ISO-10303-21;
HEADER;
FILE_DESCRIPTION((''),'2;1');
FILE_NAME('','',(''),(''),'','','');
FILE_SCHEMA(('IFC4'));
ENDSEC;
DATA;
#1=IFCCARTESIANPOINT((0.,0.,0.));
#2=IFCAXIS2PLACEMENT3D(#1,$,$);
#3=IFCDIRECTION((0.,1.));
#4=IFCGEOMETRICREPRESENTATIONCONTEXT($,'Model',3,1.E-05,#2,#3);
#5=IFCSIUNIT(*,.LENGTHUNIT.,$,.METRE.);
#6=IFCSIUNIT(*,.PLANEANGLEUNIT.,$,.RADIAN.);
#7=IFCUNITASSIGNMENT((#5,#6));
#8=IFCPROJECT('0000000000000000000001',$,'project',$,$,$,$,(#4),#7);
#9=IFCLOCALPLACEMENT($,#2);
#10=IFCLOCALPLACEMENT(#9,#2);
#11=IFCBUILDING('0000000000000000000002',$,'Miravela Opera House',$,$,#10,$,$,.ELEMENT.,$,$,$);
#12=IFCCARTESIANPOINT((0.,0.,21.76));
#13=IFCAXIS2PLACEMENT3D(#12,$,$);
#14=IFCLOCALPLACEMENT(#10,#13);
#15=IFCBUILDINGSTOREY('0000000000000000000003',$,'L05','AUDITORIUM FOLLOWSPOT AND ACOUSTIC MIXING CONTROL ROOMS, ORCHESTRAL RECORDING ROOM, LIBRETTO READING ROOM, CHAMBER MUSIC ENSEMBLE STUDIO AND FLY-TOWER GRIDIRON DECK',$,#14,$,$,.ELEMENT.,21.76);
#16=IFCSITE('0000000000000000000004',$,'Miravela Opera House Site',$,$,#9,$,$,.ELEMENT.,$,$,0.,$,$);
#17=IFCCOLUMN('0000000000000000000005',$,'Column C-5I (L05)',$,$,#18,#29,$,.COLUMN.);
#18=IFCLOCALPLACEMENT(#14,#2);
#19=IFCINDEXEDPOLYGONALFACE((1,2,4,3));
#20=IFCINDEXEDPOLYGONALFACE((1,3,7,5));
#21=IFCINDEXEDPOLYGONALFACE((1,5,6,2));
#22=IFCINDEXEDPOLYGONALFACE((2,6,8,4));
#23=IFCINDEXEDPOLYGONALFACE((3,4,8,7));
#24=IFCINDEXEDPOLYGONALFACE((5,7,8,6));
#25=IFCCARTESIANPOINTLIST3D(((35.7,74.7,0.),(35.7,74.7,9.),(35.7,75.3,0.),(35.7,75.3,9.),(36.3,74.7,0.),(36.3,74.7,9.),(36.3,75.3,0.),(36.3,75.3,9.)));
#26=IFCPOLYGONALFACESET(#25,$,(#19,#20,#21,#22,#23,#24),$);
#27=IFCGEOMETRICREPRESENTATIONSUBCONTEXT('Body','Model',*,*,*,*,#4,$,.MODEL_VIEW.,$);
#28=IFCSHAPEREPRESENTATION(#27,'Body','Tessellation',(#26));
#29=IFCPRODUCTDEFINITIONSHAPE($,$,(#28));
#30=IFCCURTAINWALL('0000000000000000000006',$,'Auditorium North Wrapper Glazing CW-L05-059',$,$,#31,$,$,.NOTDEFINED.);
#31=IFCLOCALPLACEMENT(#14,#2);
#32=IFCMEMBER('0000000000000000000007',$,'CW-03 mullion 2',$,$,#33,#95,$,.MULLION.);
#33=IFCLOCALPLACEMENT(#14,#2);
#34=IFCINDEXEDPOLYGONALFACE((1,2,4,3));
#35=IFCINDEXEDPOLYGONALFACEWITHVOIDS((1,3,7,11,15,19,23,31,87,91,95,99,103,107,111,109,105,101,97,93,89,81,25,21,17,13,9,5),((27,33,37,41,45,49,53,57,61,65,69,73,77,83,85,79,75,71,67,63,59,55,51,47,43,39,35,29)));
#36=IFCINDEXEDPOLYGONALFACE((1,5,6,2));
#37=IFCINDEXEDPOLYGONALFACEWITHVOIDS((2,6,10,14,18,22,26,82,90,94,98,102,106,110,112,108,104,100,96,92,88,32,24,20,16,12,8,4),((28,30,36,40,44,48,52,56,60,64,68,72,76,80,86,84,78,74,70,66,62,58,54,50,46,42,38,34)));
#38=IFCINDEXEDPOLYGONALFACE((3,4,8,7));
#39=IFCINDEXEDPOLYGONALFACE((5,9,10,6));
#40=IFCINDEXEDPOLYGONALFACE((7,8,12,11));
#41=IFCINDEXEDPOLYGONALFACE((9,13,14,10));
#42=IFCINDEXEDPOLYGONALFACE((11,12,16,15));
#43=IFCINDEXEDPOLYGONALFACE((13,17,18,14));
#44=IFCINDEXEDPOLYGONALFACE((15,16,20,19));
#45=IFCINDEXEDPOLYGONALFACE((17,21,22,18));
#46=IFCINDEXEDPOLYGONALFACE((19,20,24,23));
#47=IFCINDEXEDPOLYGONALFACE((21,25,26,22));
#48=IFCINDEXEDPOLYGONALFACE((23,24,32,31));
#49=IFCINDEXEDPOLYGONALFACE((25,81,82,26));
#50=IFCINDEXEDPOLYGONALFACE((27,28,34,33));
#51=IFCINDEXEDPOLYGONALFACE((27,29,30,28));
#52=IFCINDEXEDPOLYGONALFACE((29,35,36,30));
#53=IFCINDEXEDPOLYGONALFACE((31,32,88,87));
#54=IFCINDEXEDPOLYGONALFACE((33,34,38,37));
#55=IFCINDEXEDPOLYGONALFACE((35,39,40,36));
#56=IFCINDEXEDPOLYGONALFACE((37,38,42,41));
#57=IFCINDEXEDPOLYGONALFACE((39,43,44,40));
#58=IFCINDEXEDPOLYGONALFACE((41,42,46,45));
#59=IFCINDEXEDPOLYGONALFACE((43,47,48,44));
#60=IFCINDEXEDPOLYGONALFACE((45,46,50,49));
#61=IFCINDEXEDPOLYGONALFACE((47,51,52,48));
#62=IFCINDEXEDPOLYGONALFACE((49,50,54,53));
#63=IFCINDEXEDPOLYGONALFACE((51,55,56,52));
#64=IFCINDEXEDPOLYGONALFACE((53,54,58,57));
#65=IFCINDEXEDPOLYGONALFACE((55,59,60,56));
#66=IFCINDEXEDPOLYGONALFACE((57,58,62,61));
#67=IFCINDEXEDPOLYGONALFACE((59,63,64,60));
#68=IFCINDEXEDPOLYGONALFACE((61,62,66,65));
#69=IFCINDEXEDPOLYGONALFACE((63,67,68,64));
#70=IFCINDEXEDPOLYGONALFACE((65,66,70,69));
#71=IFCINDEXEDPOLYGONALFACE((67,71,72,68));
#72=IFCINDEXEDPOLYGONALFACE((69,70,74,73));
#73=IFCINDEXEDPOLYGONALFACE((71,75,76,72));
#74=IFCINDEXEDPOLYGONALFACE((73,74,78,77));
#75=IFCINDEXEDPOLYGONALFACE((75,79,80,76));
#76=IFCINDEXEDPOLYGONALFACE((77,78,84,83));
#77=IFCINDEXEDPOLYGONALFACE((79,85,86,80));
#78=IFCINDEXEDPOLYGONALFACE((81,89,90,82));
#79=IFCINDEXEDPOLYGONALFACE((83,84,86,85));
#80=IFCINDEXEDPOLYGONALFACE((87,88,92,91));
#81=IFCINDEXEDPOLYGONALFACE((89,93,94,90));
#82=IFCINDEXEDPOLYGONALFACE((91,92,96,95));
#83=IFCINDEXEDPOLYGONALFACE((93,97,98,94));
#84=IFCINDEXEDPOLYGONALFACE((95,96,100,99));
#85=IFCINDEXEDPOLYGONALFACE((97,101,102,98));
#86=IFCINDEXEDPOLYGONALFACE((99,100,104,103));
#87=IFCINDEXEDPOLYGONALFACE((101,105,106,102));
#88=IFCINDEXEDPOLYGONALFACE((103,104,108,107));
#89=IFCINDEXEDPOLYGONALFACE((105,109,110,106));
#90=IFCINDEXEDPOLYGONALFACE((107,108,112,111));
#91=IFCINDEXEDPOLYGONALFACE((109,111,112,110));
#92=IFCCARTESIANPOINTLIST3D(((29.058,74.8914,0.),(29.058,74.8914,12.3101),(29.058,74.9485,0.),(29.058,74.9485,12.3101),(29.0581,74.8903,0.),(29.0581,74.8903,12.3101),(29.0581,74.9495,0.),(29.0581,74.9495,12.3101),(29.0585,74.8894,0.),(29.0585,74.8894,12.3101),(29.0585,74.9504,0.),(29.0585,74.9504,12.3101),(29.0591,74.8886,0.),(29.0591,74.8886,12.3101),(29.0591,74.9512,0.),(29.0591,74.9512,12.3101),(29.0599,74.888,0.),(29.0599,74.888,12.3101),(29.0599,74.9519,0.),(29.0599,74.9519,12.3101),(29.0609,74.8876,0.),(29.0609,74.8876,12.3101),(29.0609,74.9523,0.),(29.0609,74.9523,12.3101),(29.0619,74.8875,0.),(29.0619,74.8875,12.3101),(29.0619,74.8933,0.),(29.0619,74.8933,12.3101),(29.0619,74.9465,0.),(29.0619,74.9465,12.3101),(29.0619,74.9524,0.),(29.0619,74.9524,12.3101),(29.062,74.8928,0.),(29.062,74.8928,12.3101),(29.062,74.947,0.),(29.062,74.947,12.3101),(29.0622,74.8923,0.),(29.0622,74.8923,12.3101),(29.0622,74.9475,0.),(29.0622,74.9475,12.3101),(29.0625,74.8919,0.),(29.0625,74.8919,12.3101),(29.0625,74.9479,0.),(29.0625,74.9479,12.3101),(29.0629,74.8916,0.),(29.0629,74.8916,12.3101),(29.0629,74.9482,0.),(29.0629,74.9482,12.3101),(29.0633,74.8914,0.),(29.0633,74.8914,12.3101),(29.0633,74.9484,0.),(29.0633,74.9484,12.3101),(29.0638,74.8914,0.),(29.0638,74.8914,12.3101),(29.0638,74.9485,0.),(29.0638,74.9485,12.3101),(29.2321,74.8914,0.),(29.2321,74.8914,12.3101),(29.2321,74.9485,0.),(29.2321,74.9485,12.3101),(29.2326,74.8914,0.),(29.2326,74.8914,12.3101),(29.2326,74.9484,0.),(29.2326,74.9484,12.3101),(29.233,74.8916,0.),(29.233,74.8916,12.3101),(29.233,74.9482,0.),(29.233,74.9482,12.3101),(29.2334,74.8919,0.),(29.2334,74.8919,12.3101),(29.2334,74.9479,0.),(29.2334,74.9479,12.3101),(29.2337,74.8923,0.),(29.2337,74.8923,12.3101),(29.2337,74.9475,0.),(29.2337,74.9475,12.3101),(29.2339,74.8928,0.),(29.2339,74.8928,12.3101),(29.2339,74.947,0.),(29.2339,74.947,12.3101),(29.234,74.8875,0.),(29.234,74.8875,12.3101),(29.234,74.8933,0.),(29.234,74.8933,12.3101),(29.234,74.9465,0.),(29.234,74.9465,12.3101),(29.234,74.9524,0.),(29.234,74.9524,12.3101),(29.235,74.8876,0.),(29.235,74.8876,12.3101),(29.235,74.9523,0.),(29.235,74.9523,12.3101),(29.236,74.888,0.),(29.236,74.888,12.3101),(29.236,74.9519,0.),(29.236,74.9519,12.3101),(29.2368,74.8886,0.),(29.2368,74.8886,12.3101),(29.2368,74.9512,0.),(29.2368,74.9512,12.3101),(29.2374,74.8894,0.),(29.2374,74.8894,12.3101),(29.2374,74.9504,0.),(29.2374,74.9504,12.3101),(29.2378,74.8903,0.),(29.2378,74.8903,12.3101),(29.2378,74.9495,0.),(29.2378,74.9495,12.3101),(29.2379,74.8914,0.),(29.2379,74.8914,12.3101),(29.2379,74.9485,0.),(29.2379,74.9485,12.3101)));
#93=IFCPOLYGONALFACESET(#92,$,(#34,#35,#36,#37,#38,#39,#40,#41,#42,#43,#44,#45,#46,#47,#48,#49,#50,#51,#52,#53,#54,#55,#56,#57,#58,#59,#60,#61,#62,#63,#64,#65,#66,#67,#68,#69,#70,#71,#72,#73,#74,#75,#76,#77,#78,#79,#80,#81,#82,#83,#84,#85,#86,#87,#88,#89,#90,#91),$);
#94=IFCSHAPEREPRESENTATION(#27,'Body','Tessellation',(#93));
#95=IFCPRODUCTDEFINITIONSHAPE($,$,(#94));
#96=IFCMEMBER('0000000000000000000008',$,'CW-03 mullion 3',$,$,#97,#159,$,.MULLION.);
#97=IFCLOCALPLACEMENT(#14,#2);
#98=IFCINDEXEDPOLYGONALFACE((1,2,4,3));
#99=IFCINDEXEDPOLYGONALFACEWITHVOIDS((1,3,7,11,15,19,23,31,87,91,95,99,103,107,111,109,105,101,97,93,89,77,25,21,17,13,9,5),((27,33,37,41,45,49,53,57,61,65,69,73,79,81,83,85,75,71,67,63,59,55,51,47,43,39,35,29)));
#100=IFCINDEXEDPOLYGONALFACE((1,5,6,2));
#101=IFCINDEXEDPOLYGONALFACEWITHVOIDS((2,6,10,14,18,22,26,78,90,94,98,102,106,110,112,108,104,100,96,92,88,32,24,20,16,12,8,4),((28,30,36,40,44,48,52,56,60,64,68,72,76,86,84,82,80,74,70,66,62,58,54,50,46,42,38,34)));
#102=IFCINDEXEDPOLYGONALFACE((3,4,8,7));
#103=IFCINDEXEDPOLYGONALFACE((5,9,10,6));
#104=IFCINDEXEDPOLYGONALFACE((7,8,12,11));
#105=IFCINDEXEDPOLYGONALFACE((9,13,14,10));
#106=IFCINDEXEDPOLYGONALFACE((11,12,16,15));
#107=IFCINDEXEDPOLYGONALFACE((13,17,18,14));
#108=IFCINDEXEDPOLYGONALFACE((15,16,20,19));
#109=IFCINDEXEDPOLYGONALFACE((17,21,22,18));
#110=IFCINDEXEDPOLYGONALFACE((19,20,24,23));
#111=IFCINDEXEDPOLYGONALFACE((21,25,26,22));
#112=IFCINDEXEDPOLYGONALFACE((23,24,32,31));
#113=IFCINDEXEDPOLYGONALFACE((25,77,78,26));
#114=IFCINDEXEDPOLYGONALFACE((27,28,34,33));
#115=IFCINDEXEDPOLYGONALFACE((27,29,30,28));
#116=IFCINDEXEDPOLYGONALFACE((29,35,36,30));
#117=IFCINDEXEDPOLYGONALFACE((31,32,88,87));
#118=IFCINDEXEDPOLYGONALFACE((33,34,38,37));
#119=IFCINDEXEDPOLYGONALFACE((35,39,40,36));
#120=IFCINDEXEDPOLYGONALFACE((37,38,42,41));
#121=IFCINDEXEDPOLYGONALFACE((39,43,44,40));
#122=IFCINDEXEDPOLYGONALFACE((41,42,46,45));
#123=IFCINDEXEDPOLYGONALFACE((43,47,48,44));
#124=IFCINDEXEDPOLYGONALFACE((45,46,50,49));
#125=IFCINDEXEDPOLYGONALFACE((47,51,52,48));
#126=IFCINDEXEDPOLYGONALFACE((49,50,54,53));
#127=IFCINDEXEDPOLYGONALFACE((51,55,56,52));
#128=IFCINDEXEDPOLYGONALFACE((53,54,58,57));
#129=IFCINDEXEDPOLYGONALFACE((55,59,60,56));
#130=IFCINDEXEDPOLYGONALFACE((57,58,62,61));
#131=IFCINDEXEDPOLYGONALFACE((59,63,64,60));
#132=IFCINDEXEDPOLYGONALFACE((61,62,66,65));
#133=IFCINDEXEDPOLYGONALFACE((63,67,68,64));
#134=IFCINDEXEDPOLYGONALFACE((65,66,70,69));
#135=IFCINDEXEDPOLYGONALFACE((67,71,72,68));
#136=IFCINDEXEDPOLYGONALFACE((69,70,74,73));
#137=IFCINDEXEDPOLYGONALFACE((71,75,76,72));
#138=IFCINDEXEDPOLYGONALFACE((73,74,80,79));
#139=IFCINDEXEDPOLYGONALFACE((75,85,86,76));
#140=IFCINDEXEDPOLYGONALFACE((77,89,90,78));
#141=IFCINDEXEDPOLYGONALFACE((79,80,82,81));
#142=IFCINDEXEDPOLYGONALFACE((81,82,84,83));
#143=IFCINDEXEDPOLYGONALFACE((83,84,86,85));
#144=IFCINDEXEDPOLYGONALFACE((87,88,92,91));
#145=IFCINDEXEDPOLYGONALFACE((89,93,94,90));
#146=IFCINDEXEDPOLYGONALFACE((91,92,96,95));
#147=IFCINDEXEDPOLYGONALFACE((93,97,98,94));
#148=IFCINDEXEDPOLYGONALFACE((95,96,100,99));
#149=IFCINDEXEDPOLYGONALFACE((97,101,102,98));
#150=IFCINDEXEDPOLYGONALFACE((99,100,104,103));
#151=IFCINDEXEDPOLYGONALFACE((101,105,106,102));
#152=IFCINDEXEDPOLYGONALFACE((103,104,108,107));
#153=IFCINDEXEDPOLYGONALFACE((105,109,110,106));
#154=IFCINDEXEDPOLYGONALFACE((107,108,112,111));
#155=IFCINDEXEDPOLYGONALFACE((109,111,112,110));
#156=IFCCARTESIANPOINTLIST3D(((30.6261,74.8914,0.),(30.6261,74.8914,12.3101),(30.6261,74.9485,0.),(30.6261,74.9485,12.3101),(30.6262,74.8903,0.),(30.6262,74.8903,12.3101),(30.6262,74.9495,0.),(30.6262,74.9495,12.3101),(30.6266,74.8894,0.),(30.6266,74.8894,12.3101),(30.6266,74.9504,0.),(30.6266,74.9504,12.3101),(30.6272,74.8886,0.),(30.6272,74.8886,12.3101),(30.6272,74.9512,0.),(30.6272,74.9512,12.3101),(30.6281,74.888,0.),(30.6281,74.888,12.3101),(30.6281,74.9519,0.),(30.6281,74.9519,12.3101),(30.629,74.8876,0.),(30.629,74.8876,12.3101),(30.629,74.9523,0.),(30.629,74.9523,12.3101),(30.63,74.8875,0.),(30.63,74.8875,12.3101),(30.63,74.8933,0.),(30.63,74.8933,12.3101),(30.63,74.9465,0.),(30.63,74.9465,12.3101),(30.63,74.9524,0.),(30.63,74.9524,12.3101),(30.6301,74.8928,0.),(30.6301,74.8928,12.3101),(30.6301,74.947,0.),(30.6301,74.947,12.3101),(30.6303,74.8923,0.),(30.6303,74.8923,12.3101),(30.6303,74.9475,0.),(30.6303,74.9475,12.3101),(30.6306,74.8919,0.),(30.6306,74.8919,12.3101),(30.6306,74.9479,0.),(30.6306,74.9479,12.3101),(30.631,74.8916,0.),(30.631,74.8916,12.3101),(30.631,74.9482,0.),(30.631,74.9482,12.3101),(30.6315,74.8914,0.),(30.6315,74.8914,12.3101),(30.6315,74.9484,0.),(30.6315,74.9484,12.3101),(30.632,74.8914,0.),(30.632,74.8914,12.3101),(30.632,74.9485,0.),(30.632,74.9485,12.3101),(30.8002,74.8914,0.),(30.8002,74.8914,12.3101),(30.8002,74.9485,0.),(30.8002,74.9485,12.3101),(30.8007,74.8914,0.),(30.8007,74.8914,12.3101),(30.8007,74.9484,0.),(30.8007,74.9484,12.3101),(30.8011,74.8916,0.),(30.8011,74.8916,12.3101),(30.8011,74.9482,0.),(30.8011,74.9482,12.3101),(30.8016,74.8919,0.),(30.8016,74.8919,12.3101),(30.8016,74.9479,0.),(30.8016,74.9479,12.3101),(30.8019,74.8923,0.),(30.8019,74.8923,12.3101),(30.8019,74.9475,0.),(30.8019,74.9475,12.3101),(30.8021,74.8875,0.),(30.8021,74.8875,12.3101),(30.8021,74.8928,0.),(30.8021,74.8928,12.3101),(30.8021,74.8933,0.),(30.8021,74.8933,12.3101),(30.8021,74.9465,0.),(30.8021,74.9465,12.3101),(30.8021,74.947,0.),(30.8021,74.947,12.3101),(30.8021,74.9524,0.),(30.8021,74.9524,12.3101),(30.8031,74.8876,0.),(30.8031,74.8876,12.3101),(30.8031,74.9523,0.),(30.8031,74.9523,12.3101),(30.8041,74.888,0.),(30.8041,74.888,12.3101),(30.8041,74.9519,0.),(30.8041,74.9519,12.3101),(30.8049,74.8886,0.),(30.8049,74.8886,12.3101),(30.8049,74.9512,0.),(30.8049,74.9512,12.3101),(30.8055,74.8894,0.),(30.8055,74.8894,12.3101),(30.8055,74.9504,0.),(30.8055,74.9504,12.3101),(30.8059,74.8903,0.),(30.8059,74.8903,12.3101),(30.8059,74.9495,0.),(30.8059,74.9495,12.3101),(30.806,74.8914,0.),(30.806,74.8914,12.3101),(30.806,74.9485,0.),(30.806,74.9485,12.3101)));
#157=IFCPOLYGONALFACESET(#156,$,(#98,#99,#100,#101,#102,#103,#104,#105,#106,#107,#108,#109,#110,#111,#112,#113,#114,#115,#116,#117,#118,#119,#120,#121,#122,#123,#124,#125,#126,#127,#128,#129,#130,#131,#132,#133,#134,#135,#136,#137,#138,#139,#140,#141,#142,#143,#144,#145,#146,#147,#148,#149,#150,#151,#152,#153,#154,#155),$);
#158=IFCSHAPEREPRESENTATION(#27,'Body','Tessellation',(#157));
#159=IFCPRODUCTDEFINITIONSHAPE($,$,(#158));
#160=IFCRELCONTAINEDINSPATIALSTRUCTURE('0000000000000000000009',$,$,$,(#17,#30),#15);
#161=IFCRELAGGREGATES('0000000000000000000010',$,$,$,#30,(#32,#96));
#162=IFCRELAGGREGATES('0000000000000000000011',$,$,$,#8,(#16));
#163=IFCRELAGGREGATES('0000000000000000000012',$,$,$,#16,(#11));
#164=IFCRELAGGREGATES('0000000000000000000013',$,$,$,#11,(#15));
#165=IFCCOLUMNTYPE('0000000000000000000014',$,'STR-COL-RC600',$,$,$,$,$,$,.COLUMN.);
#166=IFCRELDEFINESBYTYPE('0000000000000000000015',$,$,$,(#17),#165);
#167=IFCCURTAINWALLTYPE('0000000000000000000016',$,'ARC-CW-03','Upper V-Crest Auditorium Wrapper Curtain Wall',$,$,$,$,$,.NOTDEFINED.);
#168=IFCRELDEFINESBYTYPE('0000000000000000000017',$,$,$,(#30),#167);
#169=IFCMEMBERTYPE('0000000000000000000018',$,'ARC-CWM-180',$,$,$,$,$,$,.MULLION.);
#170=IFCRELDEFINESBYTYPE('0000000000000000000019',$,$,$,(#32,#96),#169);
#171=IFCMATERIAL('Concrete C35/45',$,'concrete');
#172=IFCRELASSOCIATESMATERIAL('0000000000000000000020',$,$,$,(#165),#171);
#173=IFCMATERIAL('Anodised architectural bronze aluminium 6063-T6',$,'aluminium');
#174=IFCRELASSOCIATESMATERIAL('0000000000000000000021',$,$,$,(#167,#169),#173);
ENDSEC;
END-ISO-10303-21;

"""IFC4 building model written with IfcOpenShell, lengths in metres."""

from ifc_helpers import new_model, si_unit, direction, frame, origin, origin_2d, place, context, subcontext, project, spatial, rectangle, hollow_rectangle, extrude, material, material_profile, profile_set, type_object, element, aggregate, save


model = new_model("IFC4")

# Units and contexts
model_context = context("Model", 3, precision=1e-05, world=origin(), true_north=direction((0.0, 1.0)))
body_context = subcontext(model_context, "Body", "Model", "MODEL_VIEW")
ifc_project = project(units=[si_unit("LENGTHUNIT", "METRE"), si_unit("PLANEANGLEUNIT", "RADIAN")], contexts=[model_context])

# Site, building, storey
site_placement = place(None, origin())
site = spatial("IfcSite", under=ifc_project, at=site_placement, Name="Miravela Opera House Site", CompositionType="ELEMENT", RefElevation=0.0)
building_placement = place(site_placement, origin())
building = spatial("IfcBuilding", under=site, at=building_placement, Name="Miravela Opera House", CompositionType="ELEMENT")
storey_placement = place(building_placement, frame((0.0, 0.0, 21.76)))
storey = spatial("IfcBuildingStorey", under=building, at=storey_placement, Name="L05", Description="AUDITORIUM FOLLOWSPOT AND ACOUSTIC MIXING CONTROL ROOMS, ORCHESTRAL RECORDING ROOM, LIBRETTO READING ROOM, CHAMBER MUSIC ENSEMBLE STUDIO AND FLY-TOWER GRIDIRON DECK", CompositionType="ELEMENT", Elevation=21.76)

# Column
ifc_material_1 = material(Name="Concrete C35/45", Category="concrete")
ifc_material_profile_1 = material_profile(ifc_material_1, rectangle(XDim=0.6001, YDim=0.6001, at=origin_2d()), Name="RC-COL-600X600")
ifc_profile_set_1 = profile_set([ifc_material_profile_1])
column_type = type_object("IfcColumnType", Name="STR-COL-RC600", PredefinedType="COLUMN", material=ifc_profile_set_1)
column_placement = place(storey_placement, frame((36.0, 75.0, 0.0), z_axis=(0.0, 0.0, 1.0), x_axis=(1.0, 0.0, 0.0)))
element("IfcColumn", 1, at=column_placement, inside=storey, type_object=column_type, Name="Column C-5I (L05)", PredefinedType="COLUMN", context=body_context, shape_type="SweptSolid", body=[
    extrude(rectangle(XDim=0.6001, YDim=0.6001, at=origin_2d()), origin(), (0.0, 0.0, 1.0), 9.0),
])

# Curtain wall, members
ifc_material_2 = material(Name="Anodised architectural bronze aluminium 6063-T6", Category="aluminium")
curtain_wall_type = type_object("IfcCurtainWallType", Name="ARC-CW-03", Description="Upper V-Crest Auditorium Wrapper Curtain Wall", PredefinedType="NOTDEFINED", material=ifc_material_2)
curtain_wall_placement = place(storey_placement, origin())
curtain_wall = element("IfcCurtainWall", 2, at=curtain_wall_placement, inside=storey, type_object=curtain_wall_type, Name="Auditorium North Wrapper Glazing CW-L05-059", PredefinedType="NOTDEFINED")
ifc_material_profile_2 = material_profile(ifc_material_2, hollow_rectangle(XDim=0.0649, YDim=0.1799, WallThickness=0.0039, InnerFilletRadius=0.002, OuterFilletRadius=0.0039, at=origin_2d()), Name="CWM-65X180")
ifc_profile_set_2 = profile_set([ifc_material_profile_2])
member_type_1 = type_object("IfcMemberType", Name="ARC-CWM-180", PredefinedType="MULLION", material=ifc_profile_set_2)
member_1_placement = place(storey_placement, frame((29.1479, 74.9199, 0.0), z_axis=(0.0, 0.0, 1.0), x_axis=(0.0, 1.0, 0.0)))
member_1 = element("IfcMember", 3, at=member_1_placement, type_object=member_type_1, Name="CW-03 mullion 2", PredefinedType="MULLION", context=body_context, shape_type="SweptSolid", body=[
    extrude(hollow_rectangle(XDim=0.0649, YDim=0.1799, WallThickness=0.0039, InnerFilletRadius=0.002, OuterFilletRadius=0.0039, at=origin_2d()), origin(), (0.0, 0.0, 1.0), 12.3101),
])
member_2_placement = place(storey_placement, frame((30.7161, 74.9199, 0.0), z_axis=(0.0, 0.0, 1.0), x_axis=(0.0, 1.0, 0.0)))
member_2 = element("IfcMember", 4, at=member_2_placement, type_object=member_type_1, Name="CW-03 mullion 3", PredefinedType="MULLION", context=body_context, shape_type="SweptSolid", body=[
    extrude(hollow_rectangle(XDim=0.0649, YDim=0.1799, WallThickness=0.0039, InnerFilletRadius=0.002, OuterFilletRadius=0.0039, at=origin_2d()), origin(), (0.0, 0.0, 1.0), 12.3101),
])

aggregate(curtain_wall, [member_1, member_2])

save(model, "model.ifc")
